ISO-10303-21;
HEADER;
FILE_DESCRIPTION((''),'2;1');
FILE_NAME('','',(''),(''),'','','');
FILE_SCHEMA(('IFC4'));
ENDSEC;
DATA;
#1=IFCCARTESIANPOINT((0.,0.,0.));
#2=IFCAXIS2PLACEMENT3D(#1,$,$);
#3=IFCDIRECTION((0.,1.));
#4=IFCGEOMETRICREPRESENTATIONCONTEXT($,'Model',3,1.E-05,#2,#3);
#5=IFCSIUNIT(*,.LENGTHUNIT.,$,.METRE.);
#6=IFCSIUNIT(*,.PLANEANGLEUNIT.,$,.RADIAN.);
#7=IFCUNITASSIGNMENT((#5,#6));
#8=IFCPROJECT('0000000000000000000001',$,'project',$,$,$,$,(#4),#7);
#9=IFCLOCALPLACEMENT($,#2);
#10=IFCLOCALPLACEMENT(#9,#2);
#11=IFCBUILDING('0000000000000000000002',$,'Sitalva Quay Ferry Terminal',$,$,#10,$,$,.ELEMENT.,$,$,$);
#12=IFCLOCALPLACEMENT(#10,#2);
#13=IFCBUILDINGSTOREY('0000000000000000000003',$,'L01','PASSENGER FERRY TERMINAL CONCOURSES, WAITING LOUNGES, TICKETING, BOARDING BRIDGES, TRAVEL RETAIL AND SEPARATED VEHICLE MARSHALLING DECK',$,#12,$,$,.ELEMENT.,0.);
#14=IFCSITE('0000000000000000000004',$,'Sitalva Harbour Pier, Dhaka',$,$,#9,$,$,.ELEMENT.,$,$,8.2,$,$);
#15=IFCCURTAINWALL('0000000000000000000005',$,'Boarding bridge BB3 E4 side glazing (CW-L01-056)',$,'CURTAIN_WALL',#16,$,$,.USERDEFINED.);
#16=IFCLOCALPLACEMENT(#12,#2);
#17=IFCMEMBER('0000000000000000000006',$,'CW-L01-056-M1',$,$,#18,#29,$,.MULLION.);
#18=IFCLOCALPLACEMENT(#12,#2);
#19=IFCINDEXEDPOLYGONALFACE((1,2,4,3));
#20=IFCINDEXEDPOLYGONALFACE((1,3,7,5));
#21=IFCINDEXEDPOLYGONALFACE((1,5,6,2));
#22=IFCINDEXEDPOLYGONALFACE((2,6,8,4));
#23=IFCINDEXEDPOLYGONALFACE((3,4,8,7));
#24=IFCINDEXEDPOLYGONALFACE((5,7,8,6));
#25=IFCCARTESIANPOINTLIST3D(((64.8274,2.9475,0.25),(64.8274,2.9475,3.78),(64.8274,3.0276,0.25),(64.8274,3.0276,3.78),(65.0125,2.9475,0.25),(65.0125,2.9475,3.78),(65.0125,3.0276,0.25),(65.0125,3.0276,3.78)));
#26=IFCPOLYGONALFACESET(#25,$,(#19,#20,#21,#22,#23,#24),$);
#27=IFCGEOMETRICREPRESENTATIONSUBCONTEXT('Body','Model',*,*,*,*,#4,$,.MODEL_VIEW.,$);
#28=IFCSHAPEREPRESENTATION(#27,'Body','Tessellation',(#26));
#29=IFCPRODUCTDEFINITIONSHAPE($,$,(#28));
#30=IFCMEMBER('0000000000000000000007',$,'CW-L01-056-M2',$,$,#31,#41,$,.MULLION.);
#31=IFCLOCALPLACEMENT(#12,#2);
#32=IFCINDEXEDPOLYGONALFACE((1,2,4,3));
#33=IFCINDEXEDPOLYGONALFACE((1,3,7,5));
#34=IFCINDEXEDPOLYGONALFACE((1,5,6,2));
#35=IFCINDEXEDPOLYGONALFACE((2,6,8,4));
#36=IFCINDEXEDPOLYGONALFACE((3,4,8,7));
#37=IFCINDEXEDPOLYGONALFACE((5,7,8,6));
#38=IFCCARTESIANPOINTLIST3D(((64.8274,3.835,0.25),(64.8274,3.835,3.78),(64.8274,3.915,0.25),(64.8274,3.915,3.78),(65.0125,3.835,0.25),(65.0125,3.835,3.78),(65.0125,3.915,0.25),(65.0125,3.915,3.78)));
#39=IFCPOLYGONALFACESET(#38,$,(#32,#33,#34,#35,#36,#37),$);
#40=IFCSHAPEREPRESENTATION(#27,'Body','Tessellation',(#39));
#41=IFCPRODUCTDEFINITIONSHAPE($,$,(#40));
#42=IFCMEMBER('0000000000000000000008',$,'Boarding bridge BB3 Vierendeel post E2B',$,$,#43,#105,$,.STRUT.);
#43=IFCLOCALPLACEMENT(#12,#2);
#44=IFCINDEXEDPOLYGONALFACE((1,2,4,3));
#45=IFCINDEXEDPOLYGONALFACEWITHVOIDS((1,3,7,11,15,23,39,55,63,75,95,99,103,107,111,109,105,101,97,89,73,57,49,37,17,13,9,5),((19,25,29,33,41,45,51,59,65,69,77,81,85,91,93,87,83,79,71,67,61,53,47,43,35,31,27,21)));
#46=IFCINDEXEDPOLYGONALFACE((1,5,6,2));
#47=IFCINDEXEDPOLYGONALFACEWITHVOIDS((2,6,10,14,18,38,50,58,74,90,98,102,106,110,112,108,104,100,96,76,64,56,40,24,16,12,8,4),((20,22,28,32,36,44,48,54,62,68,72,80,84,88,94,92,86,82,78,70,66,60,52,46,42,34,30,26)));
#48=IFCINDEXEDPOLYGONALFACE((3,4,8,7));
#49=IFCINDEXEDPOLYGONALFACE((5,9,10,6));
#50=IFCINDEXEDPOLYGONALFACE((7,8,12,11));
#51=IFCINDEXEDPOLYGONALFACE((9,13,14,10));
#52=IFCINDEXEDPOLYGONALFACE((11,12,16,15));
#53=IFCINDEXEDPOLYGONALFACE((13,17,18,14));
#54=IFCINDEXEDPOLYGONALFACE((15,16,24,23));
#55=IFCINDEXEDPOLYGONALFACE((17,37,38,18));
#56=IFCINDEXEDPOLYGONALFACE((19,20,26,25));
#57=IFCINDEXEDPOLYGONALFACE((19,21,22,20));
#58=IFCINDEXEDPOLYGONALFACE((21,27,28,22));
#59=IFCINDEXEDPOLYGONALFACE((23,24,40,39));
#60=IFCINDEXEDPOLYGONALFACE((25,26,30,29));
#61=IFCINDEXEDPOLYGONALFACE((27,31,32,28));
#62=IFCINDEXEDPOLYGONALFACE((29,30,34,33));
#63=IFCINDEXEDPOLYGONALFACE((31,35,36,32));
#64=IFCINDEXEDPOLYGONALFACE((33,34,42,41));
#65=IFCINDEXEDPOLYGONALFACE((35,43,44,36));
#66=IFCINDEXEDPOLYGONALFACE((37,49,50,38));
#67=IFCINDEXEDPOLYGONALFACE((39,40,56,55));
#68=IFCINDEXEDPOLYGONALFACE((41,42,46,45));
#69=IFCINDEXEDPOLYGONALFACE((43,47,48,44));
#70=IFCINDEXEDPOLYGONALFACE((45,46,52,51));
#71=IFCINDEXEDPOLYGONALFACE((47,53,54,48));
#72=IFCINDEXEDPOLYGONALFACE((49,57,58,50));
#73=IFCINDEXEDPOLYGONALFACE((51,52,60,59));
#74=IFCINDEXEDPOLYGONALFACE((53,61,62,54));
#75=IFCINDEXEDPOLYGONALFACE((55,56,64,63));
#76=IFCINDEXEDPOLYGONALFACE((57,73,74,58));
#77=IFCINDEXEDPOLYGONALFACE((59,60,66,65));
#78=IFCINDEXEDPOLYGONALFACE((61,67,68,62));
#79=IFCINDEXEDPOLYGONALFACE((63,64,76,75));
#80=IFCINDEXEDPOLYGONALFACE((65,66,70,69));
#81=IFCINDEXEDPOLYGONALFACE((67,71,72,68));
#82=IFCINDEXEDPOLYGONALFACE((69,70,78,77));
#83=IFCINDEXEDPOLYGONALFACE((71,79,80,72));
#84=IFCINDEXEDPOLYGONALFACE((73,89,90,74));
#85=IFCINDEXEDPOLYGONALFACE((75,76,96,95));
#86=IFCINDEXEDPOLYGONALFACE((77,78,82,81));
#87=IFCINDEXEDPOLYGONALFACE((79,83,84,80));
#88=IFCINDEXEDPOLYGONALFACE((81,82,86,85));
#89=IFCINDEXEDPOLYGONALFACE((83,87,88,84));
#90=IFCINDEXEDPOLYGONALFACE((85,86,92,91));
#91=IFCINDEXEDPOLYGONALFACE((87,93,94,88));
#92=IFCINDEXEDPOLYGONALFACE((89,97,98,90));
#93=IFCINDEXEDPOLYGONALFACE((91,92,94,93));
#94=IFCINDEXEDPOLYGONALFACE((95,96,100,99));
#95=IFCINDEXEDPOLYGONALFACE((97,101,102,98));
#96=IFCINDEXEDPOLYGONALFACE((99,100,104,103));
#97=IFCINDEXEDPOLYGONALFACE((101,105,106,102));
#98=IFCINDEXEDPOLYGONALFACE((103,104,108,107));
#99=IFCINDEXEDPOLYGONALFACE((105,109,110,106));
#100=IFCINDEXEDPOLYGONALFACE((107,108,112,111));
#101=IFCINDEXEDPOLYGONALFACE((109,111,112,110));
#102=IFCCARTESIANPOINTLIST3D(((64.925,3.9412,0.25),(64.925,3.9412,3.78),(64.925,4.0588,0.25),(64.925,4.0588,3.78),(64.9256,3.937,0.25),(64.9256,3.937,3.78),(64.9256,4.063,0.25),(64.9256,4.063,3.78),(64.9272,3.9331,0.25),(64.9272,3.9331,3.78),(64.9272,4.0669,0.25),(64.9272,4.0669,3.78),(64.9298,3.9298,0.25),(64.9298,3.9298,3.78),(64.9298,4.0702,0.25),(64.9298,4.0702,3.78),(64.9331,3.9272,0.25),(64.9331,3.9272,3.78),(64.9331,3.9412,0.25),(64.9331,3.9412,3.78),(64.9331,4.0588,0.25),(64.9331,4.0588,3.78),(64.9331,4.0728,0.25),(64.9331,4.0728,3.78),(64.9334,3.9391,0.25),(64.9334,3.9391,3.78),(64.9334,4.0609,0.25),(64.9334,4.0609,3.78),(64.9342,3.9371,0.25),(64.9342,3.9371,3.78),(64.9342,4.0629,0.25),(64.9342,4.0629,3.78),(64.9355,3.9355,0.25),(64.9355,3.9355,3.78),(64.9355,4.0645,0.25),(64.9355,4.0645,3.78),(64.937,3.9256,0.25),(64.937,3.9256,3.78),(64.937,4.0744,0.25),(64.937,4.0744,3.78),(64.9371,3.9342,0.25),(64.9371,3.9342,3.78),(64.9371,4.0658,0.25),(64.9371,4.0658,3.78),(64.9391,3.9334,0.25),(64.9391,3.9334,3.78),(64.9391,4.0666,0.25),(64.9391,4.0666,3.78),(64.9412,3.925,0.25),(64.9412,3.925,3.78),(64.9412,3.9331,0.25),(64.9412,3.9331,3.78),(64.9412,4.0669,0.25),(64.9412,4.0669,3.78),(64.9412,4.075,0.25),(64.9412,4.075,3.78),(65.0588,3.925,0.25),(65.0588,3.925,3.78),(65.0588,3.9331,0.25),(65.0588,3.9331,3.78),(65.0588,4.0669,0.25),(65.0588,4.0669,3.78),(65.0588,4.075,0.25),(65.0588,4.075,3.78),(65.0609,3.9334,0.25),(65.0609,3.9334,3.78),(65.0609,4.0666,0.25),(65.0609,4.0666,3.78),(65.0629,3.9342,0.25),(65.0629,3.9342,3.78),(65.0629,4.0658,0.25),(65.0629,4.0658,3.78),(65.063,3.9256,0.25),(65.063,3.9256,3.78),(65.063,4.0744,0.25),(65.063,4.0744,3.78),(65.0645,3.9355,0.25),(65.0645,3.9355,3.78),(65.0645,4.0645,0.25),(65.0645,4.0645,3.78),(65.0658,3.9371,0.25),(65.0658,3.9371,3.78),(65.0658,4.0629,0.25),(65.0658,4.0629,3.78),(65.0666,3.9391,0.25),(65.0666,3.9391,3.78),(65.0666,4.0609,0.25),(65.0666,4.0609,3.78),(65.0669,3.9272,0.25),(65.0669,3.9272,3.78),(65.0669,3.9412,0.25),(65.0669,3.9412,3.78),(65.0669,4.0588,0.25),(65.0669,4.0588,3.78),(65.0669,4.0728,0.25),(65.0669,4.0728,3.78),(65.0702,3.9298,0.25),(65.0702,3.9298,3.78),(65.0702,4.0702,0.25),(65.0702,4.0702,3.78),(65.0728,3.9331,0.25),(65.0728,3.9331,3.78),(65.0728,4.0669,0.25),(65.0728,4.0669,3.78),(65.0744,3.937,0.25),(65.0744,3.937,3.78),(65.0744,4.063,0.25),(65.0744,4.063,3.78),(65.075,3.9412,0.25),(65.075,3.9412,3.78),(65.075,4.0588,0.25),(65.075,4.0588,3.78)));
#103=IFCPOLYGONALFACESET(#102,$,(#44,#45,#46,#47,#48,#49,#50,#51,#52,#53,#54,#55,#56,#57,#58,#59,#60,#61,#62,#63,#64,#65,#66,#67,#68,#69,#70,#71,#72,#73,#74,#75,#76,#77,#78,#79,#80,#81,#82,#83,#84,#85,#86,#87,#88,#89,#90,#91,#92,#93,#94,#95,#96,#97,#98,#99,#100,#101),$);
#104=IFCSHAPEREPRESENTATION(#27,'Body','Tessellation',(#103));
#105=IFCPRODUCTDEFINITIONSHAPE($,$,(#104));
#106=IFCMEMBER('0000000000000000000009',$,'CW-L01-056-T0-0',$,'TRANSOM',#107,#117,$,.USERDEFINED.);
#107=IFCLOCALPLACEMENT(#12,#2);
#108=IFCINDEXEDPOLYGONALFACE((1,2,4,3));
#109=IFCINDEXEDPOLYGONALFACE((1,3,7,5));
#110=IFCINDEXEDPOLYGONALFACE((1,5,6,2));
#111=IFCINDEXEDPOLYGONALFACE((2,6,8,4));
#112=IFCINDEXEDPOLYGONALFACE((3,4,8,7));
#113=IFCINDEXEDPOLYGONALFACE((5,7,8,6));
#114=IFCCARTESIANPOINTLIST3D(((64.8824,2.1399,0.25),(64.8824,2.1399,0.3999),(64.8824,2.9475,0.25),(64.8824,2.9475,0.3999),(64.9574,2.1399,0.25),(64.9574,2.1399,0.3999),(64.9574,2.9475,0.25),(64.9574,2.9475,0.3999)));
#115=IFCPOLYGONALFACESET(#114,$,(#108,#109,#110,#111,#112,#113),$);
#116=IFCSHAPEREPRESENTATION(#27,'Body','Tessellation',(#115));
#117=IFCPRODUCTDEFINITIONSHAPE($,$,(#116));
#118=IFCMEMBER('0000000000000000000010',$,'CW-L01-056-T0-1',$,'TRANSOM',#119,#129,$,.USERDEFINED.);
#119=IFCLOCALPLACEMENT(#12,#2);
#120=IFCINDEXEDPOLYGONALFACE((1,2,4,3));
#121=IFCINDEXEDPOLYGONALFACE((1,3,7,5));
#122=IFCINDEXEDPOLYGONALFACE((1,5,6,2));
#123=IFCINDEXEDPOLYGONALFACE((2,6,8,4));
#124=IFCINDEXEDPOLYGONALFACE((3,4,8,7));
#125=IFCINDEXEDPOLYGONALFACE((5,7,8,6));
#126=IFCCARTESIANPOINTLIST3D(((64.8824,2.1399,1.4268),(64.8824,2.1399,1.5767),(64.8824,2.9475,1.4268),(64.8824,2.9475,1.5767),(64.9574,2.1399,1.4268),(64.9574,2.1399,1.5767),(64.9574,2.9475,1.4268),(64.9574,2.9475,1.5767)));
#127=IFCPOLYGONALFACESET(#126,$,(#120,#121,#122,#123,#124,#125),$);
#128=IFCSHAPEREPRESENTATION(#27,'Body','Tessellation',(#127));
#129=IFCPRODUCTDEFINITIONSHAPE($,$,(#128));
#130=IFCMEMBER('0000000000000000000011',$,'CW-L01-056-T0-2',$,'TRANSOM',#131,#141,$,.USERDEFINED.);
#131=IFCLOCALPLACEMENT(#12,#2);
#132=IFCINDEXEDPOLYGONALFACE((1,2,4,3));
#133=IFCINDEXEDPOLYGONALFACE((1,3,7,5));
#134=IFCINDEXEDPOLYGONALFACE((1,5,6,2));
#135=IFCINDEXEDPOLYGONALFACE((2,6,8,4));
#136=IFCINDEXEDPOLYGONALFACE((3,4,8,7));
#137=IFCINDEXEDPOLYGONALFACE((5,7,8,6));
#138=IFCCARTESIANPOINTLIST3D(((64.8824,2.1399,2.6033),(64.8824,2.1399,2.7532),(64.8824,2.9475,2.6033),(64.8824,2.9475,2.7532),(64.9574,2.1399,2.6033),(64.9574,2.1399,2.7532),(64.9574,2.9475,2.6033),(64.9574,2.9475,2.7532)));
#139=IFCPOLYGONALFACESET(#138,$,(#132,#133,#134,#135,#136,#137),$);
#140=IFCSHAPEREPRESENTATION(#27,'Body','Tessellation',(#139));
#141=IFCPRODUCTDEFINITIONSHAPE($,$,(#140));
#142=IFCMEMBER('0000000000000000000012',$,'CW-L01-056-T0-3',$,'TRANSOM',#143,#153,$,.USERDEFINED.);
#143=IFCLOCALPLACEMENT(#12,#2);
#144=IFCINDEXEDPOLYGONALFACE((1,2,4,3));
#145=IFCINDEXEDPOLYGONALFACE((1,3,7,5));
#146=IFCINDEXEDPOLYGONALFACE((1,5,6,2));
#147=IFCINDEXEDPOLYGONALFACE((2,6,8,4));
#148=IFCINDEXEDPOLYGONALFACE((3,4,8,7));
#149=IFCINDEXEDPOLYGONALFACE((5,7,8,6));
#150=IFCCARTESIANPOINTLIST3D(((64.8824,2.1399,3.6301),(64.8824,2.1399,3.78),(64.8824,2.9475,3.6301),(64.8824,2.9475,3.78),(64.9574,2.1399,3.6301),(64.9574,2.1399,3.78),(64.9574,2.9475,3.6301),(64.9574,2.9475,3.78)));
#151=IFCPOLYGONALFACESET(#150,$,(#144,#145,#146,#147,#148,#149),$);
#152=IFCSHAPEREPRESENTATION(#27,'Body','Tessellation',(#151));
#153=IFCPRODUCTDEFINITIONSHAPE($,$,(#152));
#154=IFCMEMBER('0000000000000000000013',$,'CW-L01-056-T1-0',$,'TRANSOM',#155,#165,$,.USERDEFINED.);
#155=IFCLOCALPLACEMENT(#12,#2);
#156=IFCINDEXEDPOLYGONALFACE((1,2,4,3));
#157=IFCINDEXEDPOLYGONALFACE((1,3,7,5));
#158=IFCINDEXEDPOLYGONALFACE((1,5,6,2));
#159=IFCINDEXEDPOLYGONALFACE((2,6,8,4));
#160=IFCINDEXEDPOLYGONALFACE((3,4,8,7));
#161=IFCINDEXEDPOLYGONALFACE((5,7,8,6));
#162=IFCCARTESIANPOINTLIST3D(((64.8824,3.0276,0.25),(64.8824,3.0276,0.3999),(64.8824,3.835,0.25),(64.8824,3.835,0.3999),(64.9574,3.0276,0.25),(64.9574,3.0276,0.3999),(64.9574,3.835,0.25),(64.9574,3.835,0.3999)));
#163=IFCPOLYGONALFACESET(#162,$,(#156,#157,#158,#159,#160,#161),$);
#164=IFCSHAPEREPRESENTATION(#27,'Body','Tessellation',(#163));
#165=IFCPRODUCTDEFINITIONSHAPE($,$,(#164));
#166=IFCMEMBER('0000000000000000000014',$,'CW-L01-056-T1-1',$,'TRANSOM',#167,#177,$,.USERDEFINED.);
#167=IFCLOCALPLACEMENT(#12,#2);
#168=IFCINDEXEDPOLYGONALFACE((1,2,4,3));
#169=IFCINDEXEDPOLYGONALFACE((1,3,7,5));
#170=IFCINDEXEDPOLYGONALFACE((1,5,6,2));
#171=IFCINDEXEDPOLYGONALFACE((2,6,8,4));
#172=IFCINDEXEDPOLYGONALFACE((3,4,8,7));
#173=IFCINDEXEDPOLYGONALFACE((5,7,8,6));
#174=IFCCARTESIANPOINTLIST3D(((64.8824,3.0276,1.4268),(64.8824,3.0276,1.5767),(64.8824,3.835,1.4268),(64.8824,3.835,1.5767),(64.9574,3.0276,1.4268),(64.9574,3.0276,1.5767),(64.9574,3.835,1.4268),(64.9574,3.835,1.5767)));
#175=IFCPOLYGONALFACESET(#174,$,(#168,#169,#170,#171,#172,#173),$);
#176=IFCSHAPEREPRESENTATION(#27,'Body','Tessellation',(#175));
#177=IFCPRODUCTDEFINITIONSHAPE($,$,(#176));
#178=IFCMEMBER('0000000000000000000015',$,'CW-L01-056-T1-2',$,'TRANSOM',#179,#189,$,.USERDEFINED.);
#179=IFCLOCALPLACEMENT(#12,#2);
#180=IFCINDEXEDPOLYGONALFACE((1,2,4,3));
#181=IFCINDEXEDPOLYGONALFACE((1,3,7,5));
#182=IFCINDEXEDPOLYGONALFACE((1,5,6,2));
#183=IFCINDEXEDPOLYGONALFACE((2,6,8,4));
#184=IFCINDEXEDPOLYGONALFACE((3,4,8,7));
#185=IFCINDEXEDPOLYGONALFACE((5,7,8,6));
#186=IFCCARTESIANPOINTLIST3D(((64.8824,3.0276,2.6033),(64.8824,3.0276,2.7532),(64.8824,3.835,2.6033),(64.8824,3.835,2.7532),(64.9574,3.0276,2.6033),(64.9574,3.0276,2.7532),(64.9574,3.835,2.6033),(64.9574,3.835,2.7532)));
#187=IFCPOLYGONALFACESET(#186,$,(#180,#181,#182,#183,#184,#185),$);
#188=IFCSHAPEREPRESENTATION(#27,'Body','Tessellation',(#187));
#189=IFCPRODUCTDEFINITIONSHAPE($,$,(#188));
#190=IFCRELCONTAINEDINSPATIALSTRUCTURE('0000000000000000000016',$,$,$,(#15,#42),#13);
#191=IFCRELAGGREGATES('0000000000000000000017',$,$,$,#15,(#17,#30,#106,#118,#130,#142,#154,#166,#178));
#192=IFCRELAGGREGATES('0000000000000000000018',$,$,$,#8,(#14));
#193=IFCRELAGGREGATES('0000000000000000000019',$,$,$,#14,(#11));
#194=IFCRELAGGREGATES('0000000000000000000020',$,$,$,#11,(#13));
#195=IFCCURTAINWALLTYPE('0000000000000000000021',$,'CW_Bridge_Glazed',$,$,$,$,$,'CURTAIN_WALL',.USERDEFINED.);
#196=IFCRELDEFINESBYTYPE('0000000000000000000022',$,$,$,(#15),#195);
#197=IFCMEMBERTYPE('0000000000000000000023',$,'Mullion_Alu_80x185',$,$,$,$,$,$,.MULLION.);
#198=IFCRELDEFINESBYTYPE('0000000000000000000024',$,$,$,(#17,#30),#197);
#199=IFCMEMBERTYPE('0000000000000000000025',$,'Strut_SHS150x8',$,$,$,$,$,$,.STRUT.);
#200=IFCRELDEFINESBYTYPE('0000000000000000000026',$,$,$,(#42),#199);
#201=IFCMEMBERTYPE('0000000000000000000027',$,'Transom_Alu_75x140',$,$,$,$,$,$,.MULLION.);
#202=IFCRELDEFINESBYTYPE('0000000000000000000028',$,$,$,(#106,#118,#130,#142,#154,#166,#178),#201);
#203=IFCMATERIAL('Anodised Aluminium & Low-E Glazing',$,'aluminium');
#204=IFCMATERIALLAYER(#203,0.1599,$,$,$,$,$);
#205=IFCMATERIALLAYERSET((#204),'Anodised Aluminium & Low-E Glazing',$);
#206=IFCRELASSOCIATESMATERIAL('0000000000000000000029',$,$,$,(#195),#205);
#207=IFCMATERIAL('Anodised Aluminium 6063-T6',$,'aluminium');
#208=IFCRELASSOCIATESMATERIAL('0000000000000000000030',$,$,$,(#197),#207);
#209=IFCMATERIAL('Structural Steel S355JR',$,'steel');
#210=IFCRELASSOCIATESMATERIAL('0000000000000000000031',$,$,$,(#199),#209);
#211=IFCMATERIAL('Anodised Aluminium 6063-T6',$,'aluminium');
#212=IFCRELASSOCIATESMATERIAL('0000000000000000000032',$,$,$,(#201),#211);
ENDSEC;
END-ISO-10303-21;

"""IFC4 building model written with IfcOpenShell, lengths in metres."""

from ifc_helpers import new_model, si_unit, direction, frame, origin, origin_2d, place, context, subcontext, project, spatial, rectangle, hollow_rectangle, extrude, material, layer, layer_set, material_profile, profile_set, type_object, element, aggregate, save


model = new_model("IFC4")

# Units and contexts
model_context = context("Model", 3, precision=1e-05, world=origin(), true_north=direction((0.0, 1.0)))
body_context = subcontext(model_context, "Body", "Model", "MODEL_VIEW")
ifc_project = project(units=[si_unit("LENGTHUNIT", "METRE"), si_unit("PLANEANGLEUNIT", "RADIAN")], contexts=[model_context])

# Site, building, storey
site_placement = place(None, origin())
site = spatial("IfcSite", under=ifc_project, at=site_placement, Name="Sitalva Harbour Pier, Dhaka", CompositionType="ELEMENT", RefElevation=8.2)
building_placement = place(site_placement, origin())
building = spatial("IfcBuilding", under=site, at=building_placement, Name="Sitalva Quay Ferry Terminal", CompositionType="ELEMENT")
storey_placement = place(building_placement, origin())
storey = spatial("IfcBuildingStorey", under=building, at=storey_placement, Name="L01", Description="PASSENGER FERRY TERMINAL CONCOURSES, WAITING LOUNGES, TICKETING, BOARDING BRIDGES, TRAVEL RETAIL AND SEPARATED VEHICLE MARSHALLING DECK", CompositionType="ELEMENT", Elevation=0.0)

# Curtain wall, members
ifc_material_1 = material(Name="Anodised Aluminium & Low-E Glazing", Category="aluminium")
ifc_layer_1 = layer(ifc_material_1, 0.1599)
ifc_layer_set_1 = layer_set([ifc_layer_1], Name="Anodised Aluminium & Low-E Glazing")
curtain_wall_type = type_object("IfcCurtainWallType", Name="CW_Bridge_Glazed", ElementType="CURTAIN_WALL", PredefinedType="USERDEFINED", material=ifc_layer_set_1)
curtain_wall_placement = place(storey_placement, origin())
curtain_wall = element("IfcCurtainWall", 1, at=curtain_wall_placement, inside=storey, type_object=curtain_wall_type, Name="Boarding bridge BB3 E4 side glazing (CW-L01-056)", ObjectType="CURTAIN_WALL", PredefinedType="USERDEFINED")
ifc_material_2 = material(Name="Anodised Aluminium 6063-T6", Category="aluminium")
ifc_material_profile_1 = material_profile(ifc_material_2, rectangle(XDim=0.0801, YDim=0.1851, at=origin_2d()), Name="ALU80x185")
ifc_profile_set_1 = profile_set([ifc_material_profile_1], Name="Anodised Aluminium 6063-T6")
member_type_1 = type_object("IfcMemberType", Name="Mullion_Alu_80x185", PredefinedType="MULLION", material=ifc_profile_set_1)
member_1_placement = place(storey_placement, frame((64.9199, 2.9875, 0.25), z_axis=(0.0, 0.0, 1.0), x_axis=(0.0, 1.0, 0.0)))
member_1 = element("IfcMember", 2, at=member_1_placement, type_object=member_type_1, Name="CW-L01-056-M1", PredefinedType="MULLION", context=body_context, shape_type="SweptSolid", body=[
    extrude(rectangle(XDim=0.0801, YDim=0.1851, at=origin_2d()), origin(), (0.0, 0.0, 1.0), 3.53),
])
member_2_placement = place(storey_placement, frame((64.9199, 3.875, 0.25), z_axis=(0.0, 0.0, 1.0), x_axis=(0.0, 1.0, 0.0)))
member_2 = element("IfcMember", 3, at=member_2_placement, type_object=member_type_1, Name="CW-L01-056-M2", PredefinedType="MULLION", context=body_context, shape_type="SweptSolid", body=[
    extrude(rectangle(XDim=0.0801, YDim=0.1851, at=origin_2d()), origin(), (0.0, 0.0, 1.0), 3.53),
])

# Members
ifc_material_3 = material(Name="Structural Steel S355JR", Category="steel")
ifc_material_profile_2 = material_profile(ifc_material_3, hollow_rectangle(XDim=0.1499, YDim=0.1499, WallThickness=0.0081, InnerFilletRadius=0.0081, OuterFilletRadius=0.0161, at=origin_2d()), Name="SHS150x150x8")
ifc_profile_set_2 = profile_set([ifc_material_profile_2], Name="Structural Steel S355JR")
member_type_2 = type_object("IfcMemberType", Name="Strut_SHS150x8", PredefinedType="STRUT", material=ifc_profile_set_2)
member_3_placement = place(storey_placement, frame((65.0, 4.0, 0.25), z_axis=(0.0, 0.0, 1.0), x_axis=(1.0, 0.0, 0.0)))
element("IfcMember", 4, at=member_3_placement, inside=storey, type_object=member_type_2, Name="Boarding bridge BB3 Vierendeel post E2B", PredefinedType="STRUT", context=body_context, shape_type="SweptSolid", body=[
    extrude(hollow_rectangle(XDim=0.1499, YDim=0.1499, WallThickness=0.0081, InnerFilletRadius=0.0081, OuterFilletRadius=0.0161, at=origin_2d()), origin(), (0.0, 0.0, 1.0), 3.53),
])
ifc_material_4 = material(Name="Anodised Aluminium 6063-T6", Category="aluminium")
ifc_material_profile_3 = material_profile(ifc_material_4, rectangle(XDim=0.075, YDim=0.1499, at=origin_2d()), Name="ALU75x150")
ifc_profile_set_3 = profile_set([ifc_material_profile_3], Name="Anodised Aluminium 6063-T6")
member_type_3 = type_object("IfcMemberType", Name="Transom_Alu_75x140", PredefinedType="MULLION", material=ifc_profile_set_3)
member_4_placement = place(storey_placement, frame((64.9199, 2.1399, 0.325), z_axis=(0.0, 1.0, 0.0), x_axis=(-1.0, 0.0, 0.0)))
member_4 = element("IfcMember", 5, at=member_4_placement, type_object=member_type_3, Name="CW-L01-056-T0-0", ObjectType="TRANSOM", PredefinedType="USERDEFINED", context=body_context, shape_type="SweptSolid", body=[
    extrude(rectangle(XDim=0.075, YDim=0.1499, at=origin_2d()), origin(), (0.0, 0.0, 1.0), 0.8076),
])
member_5_placement = place(storey_placement, frame((64.9199, 2.1399, 1.5017), z_axis=(0.0, 1.0, 0.0), x_axis=(-1.0, 0.0, 0.0)))
member_5 = element("IfcMember", 6, at=member_5_placement, type_object=member_type_3, Name="CW-L01-056-T0-1", ObjectType="TRANSOM", PredefinedType="USERDEFINED", context=body_context, shape_type="SweptSolid", body=[
    extrude(rectangle(XDim=0.075, YDim=0.1499, at=origin_2d()), origin(), (0.0, 0.0, 1.0), 0.8076),
])
member_6_placement = place(storey_placement, frame((64.9199, 2.1399, 2.6782), z_axis=(0.0, 1.0, 0.0), x_axis=(-1.0, 0.0, 0.0)))
member_6 = element("IfcMember", 7, at=member_6_placement, type_object=member_type_3, Name="CW-L01-056-T0-2", ObjectType="TRANSOM", PredefinedType="USERDEFINED", context=body_context, shape_type="SweptSolid", body=[
    extrude(rectangle(XDim=0.075, YDim=0.1499, at=origin_2d()), origin(), (0.0, 0.0, 1.0), 0.8076),
])
member_7_placement = place(storey_placement, frame((64.9199, 2.1399, 3.7051), z_axis=(0.0, 1.0, 0.0), x_axis=(-1.0, 0.0, 0.0)))
member_7 = element("IfcMember", 8, at=member_7_placement, type_object=member_type_3, Name="CW-L01-056-T0-3", ObjectType="TRANSOM", PredefinedType="USERDEFINED", context=body_context, shape_type="SweptSolid", body=[
    extrude(rectangle(XDim=0.075, YDim=0.1499, at=origin_2d()), origin(), (0.0, 0.0, 1.0), 0.8076),
])
member_8_placement = place(storey_placement, frame((64.9199, 3.0276, 0.325), z_axis=(0.0, 1.0, 0.0), x_axis=(-1.0, 0.0, 0.0)))
member_8 = element("IfcMember", 9, at=member_8_placement, type_object=member_type_3, Name="CW-L01-056-T1-0", ObjectType="TRANSOM", PredefinedType="USERDEFINED", context=body_context, shape_type="SweptSolid", body=[
    extrude(rectangle(XDim=0.075, YDim=0.1499, at=origin_2d()), origin(), (0.0, 0.0, 1.0), 0.8074),
])
member_9_placement = place(storey_placement, frame((64.9199, 3.0276, 1.5017), z_axis=(0.0, 1.0, 0.0), x_axis=(-1.0, 0.0, 0.0)))
member_9 = element("IfcMember", 10, at=member_9_placement, type_object=member_type_3, Name="CW-L01-056-T1-1", ObjectType="TRANSOM", PredefinedType="USERDEFINED", context=body_context, shape_type="SweptSolid", body=[
    extrude(rectangle(XDim=0.075, YDim=0.1499, at=origin_2d()), origin(), (0.0, 0.0, 1.0), 0.8074),
])
member_10_placement = place(storey_placement, frame((64.9199, 3.0276, 2.6782), z_axis=(0.0, 1.0, 0.0), x_axis=(-1.0, 0.0, 0.0)))
member_10 = element("IfcMember", 11, at=member_10_placement, type_object=member_type_3, Name="CW-L01-056-T1-2", ObjectType="TRANSOM", PredefinedType="USERDEFINED", context=body_context, shape_type="SweptSolid", body=[
    extrude(rectangle(XDim=0.075, YDim=0.1499, at=origin_2d()), origin(), (0.0, 0.0, 1.0), 0.8074),
])

aggregate(curtain_wall, [member_1, member_2, member_4, member_5, member_6, member_7, member_8, member_9, member_10])

save(model, "model.ifc")
